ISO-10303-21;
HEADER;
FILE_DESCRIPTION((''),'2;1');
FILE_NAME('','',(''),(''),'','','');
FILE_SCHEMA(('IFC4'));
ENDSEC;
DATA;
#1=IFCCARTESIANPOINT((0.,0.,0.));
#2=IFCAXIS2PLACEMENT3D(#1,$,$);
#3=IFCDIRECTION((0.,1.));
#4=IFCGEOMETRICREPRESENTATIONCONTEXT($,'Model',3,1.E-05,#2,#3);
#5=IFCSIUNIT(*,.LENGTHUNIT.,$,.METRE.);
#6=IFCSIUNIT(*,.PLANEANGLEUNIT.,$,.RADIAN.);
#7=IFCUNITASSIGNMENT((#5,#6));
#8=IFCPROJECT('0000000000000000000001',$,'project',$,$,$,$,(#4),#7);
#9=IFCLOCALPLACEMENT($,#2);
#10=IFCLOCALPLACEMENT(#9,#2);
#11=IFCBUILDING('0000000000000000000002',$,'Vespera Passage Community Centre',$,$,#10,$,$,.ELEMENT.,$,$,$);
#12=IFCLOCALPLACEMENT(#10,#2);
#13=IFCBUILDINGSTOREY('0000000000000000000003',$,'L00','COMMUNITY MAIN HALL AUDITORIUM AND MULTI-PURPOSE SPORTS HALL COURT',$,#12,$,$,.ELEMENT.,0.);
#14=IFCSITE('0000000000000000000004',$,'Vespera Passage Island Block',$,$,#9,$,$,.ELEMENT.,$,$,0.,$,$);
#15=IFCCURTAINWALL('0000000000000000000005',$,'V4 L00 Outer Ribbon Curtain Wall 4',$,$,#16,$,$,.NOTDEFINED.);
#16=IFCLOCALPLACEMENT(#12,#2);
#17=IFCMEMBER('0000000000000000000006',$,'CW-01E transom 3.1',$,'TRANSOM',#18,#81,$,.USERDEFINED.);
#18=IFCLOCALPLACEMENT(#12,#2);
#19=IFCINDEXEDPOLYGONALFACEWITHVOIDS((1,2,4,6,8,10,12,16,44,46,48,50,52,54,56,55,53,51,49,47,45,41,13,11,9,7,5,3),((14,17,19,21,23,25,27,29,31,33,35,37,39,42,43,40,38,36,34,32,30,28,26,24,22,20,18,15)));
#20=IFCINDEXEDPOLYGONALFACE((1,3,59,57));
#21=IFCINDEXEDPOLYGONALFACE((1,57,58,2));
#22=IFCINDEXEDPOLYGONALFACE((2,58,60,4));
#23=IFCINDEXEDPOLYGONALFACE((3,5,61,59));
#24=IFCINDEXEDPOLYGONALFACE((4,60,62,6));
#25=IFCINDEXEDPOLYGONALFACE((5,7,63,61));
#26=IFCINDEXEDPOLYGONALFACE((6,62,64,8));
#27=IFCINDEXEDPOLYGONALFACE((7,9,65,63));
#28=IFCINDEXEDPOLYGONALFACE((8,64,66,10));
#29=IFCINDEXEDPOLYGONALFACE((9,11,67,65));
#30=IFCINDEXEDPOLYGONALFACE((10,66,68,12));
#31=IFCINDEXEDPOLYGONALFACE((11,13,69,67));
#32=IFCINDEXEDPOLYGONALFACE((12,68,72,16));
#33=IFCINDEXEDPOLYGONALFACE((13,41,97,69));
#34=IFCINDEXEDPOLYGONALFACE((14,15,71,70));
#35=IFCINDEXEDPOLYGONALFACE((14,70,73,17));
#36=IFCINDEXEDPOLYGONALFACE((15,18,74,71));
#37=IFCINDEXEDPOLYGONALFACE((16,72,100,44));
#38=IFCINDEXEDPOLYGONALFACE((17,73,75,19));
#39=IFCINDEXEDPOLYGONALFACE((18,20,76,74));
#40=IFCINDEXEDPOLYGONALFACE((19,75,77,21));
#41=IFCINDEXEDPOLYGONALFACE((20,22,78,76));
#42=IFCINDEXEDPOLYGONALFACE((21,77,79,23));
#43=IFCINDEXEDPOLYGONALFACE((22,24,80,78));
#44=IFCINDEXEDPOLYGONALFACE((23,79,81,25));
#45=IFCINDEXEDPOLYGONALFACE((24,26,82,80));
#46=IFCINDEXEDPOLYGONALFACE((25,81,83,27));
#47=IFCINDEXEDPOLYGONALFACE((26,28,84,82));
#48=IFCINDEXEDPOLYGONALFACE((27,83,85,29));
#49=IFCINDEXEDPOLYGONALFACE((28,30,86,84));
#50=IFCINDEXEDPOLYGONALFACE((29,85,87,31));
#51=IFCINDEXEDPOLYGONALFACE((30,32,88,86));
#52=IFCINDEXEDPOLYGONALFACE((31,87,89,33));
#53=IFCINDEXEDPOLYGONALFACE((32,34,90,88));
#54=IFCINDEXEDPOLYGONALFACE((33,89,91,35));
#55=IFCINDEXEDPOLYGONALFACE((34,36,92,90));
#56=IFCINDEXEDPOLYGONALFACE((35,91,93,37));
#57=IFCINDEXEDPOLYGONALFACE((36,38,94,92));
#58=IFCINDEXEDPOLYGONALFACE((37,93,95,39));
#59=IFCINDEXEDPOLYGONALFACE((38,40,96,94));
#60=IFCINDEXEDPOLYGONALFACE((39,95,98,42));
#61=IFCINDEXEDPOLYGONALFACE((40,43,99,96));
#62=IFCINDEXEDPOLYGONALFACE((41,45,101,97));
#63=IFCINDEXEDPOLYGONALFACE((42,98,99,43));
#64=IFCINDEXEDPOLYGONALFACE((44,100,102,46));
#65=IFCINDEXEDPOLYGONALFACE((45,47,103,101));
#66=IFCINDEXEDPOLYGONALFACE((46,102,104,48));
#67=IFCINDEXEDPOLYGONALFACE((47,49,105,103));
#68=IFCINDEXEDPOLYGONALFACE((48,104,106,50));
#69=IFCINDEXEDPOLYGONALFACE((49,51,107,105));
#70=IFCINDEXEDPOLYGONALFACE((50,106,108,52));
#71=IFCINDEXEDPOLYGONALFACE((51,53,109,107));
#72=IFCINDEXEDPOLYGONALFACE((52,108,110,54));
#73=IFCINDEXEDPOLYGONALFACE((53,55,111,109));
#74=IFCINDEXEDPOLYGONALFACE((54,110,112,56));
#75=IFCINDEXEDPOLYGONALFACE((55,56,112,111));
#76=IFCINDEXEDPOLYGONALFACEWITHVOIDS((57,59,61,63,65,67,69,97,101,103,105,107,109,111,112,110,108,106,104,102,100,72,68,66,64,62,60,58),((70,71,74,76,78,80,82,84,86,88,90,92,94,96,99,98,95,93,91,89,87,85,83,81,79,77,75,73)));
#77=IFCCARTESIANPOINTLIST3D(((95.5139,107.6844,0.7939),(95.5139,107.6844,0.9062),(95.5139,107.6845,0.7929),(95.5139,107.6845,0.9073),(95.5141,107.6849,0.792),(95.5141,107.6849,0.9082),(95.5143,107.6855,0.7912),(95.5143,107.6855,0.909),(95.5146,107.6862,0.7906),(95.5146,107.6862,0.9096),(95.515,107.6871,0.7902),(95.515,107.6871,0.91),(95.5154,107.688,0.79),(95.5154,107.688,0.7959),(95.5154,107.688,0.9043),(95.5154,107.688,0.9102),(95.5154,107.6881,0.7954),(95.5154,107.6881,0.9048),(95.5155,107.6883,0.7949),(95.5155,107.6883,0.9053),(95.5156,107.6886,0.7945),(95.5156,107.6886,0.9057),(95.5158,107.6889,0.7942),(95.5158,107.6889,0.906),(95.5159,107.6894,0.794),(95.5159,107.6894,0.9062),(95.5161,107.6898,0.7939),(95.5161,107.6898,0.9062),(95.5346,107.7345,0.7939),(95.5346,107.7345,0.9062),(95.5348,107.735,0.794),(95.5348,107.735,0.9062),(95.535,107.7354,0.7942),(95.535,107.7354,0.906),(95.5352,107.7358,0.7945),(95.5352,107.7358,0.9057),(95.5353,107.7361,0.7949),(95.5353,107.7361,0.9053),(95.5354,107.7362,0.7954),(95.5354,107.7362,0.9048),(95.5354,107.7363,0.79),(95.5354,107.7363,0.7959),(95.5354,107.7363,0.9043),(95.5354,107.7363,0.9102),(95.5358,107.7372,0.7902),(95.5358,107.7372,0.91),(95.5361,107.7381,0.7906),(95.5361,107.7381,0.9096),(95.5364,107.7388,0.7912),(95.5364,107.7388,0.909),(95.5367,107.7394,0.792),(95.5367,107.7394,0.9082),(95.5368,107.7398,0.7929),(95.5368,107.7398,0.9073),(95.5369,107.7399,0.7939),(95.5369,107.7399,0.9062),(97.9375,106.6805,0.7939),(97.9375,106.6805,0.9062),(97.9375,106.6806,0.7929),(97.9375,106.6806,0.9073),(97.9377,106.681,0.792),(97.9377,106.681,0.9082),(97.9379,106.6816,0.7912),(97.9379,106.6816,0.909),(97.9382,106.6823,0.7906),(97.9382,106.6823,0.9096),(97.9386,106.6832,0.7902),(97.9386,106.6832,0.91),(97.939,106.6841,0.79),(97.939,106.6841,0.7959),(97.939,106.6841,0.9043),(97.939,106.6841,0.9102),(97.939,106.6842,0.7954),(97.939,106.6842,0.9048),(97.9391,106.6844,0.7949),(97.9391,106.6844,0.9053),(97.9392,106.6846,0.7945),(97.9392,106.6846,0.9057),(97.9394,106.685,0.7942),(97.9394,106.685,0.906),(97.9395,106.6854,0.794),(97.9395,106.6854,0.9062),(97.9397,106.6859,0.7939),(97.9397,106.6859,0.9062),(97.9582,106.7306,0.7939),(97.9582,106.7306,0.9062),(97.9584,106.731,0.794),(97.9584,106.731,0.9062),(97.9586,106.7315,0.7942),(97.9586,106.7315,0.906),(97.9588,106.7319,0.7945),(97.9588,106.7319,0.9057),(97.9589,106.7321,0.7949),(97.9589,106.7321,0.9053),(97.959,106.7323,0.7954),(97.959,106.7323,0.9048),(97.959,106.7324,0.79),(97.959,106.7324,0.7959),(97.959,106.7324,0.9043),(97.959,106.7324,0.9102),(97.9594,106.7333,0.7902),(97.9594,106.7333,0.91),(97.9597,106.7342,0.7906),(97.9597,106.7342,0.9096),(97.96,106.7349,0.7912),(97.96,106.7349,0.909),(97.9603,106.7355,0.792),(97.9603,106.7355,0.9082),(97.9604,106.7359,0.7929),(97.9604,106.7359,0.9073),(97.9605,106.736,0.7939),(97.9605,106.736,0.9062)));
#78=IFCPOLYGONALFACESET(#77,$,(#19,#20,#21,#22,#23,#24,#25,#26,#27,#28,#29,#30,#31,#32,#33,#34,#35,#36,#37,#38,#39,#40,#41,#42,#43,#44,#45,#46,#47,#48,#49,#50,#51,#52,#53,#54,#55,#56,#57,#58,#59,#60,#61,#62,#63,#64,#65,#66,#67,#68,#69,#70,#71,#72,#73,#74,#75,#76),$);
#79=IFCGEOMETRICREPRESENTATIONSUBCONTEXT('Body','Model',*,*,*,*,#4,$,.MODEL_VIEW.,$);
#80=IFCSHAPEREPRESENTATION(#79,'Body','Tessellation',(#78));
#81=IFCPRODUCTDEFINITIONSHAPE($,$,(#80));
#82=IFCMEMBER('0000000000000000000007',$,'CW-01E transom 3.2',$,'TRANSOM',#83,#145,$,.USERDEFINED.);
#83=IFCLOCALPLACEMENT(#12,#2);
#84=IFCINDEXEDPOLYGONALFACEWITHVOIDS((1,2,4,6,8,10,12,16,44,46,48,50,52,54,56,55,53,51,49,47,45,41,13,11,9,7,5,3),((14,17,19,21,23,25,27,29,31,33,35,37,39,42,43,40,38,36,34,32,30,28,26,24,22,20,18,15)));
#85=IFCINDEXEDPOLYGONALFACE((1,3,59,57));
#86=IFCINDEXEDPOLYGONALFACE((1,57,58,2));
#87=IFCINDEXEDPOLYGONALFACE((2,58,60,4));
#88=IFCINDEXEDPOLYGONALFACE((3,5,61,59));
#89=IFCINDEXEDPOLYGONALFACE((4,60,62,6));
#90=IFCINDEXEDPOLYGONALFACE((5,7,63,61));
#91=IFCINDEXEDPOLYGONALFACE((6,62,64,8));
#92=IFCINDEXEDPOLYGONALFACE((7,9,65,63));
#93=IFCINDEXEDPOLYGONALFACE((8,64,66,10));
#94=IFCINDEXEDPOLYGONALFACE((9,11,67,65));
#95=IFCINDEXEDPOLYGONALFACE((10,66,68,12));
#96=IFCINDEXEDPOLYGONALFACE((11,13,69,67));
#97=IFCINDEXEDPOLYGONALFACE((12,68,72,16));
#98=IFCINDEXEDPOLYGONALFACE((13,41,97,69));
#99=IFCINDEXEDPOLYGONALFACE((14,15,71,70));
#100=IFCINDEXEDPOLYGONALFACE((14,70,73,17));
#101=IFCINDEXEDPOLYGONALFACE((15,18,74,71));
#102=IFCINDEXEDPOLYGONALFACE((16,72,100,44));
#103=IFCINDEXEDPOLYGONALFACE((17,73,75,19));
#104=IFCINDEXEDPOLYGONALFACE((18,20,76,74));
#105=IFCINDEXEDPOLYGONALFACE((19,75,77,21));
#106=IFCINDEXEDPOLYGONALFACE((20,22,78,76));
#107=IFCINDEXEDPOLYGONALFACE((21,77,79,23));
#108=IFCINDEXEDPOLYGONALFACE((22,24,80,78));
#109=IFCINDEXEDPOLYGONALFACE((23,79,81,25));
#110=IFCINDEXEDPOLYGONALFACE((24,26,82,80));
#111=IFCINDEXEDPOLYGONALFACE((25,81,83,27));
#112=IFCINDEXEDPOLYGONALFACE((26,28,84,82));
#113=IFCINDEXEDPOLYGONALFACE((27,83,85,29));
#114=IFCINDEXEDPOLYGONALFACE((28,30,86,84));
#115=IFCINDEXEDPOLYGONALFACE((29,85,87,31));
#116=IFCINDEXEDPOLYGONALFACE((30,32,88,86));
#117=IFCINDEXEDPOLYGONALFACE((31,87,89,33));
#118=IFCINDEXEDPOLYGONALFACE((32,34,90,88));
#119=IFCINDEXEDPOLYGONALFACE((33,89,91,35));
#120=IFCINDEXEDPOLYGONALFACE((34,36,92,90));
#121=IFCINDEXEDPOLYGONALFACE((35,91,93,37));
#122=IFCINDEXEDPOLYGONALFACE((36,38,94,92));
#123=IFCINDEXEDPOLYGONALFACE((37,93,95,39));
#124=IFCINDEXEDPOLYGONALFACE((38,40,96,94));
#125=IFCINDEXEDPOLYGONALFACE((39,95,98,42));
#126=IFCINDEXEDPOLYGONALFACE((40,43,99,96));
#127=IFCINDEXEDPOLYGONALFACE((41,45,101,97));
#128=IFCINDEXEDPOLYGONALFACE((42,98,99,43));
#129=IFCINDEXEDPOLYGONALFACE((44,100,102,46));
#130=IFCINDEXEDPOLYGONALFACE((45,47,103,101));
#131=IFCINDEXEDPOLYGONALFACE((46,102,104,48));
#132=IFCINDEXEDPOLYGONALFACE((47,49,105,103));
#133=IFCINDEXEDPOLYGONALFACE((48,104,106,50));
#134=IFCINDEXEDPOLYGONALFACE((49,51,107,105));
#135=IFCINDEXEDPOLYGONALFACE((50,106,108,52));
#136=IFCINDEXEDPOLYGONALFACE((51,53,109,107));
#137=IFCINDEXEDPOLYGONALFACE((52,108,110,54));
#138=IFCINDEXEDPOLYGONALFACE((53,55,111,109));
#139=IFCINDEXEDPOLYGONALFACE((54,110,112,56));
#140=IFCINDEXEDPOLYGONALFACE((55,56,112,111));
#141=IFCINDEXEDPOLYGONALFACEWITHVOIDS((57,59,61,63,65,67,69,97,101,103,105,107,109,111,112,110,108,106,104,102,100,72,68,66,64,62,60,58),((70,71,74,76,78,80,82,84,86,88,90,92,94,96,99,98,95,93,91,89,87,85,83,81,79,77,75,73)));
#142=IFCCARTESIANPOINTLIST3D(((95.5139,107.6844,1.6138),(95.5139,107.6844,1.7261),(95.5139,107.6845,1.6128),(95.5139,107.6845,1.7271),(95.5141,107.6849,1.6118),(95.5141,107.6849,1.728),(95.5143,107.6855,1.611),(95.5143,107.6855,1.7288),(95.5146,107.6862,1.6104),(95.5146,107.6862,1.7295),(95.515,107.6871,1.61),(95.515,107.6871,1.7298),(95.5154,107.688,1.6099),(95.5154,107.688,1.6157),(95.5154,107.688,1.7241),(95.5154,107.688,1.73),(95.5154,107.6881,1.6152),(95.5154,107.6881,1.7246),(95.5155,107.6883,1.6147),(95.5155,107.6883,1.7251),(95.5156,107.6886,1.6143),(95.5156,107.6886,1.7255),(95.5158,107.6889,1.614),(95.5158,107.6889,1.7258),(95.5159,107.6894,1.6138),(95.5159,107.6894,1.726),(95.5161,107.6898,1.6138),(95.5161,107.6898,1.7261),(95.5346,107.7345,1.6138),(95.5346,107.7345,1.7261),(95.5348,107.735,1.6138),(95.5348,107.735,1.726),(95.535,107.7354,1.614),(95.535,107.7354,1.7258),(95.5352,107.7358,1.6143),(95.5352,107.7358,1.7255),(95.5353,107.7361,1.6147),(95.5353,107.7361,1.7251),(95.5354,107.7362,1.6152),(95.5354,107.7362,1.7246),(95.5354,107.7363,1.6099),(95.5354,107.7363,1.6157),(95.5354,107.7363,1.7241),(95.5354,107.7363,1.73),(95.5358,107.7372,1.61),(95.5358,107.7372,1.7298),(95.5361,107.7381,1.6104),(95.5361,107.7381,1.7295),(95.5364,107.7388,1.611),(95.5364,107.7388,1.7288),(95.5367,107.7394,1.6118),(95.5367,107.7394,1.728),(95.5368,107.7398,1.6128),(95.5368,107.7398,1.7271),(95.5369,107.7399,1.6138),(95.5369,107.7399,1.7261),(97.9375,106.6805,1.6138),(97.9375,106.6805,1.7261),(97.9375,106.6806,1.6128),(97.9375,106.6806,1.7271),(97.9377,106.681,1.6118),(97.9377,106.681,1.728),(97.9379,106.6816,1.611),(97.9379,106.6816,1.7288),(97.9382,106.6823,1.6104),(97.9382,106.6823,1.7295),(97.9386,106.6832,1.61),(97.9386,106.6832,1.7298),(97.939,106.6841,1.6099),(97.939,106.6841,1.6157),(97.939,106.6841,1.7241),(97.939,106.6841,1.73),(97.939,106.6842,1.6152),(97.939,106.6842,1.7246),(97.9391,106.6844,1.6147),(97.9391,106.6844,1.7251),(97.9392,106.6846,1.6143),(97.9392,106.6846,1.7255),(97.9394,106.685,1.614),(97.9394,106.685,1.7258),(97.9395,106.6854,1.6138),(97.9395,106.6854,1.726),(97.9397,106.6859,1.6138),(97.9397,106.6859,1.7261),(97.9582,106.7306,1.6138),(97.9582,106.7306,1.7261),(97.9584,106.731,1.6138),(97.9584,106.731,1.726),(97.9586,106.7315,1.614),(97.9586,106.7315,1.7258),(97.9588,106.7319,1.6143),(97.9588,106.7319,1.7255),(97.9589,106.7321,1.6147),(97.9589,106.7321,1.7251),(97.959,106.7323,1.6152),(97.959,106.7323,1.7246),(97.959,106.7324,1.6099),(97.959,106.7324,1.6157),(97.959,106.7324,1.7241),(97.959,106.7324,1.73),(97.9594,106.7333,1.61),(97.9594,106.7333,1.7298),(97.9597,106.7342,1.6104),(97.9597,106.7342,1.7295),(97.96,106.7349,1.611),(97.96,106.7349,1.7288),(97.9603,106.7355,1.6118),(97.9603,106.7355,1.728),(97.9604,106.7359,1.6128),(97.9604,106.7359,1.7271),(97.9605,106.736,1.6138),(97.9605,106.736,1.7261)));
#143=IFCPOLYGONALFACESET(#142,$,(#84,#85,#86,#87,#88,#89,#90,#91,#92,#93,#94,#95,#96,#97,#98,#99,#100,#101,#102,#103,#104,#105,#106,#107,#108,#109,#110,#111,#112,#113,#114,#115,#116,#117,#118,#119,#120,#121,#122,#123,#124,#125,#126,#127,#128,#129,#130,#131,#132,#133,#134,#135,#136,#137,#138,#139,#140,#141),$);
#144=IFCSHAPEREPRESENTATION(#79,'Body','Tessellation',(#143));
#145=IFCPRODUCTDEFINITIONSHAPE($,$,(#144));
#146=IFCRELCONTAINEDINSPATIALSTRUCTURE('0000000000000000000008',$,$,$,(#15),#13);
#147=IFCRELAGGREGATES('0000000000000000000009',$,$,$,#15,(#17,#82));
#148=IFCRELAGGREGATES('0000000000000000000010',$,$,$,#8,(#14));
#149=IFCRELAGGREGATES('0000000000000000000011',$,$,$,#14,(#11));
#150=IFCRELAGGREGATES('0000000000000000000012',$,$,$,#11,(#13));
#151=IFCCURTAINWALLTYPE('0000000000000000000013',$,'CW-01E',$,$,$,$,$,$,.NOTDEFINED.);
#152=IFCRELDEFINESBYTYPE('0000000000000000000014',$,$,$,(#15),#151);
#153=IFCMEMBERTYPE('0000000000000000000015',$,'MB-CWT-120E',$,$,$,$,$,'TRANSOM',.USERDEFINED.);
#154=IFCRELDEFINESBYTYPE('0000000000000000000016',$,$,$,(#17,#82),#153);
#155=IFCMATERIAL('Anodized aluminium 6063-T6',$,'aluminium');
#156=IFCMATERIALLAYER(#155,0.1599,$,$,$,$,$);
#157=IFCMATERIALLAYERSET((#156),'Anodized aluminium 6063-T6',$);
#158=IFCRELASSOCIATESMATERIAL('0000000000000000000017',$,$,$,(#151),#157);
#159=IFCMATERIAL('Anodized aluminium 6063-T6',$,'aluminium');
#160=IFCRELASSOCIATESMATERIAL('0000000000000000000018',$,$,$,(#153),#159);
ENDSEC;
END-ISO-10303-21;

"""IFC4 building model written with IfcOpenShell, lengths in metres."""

from ifc_helpers import new_model, si_unit, direction, frame, origin, origin_2d, place, context, subcontext, project, spatial, hollow_rectangle, extrude, material, layer, layer_set, material_profile, profile_set, type_object, element, aggregate, save


model = new_model("IFC4")

# Units and contexts
model_context = context("Model", 3, precision=1e-05, world=origin(), true_north=direction((0.0, 1.0)))
body_context = subcontext(model_context, "Body", "Model", "MODEL_VIEW")
ifc_project = project(units=[si_unit("LENGTHUNIT", "METRE"), si_unit("PLANEANGLEUNIT", "RADIAN")], contexts=[model_context])

# Site, building, storey
site_placement = place(None, origin())
site = spatial("IfcSite", under=ifc_project, at=site_placement, Name="Vespera Passage Island Block", CompositionType="ELEMENT", RefElevation=0.0)
building_placement = place(site_placement, origin())
building = spatial("IfcBuilding", under=site, at=building_placement, Name="Vespera Passage Community Centre", CompositionType="ELEMENT")
storey_placement = place(building_placement, origin())
storey = spatial("IfcBuildingStorey", under=building, at=storey_placement, Name="L00", Description="COMMUNITY MAIN HALL AUDITORIUM AND MULTI-PURPOSE SPORTS HALL COURT", CompositionType="ELEMENT", Elevation=0.0)

# Curtain wall
ifc_material_1 = material(Name="Anodized aluminium 6063-T6", Category="aluminium")
ifc_layer_1 = layer(ifc_material_1, 0.1599)
ifc_layer_set_1 = layer_set([ifc_layer_1], Name="Anodized aluminium 6063-T6")
curtain_wall_type_1 = type_object("IfcCurtainWallType", Name="CW-01E", PredefinedType="NOTDEFINED", material=ifc_layer_set_1)
curtain_wall_1_placement = place(storey_placement, origin())
curtain_wall_1 = element("IfcCurtainWall", 1, at=curtain_wall_1_placement, inside=storey, type_object=curtain_wall_type_1, Name="V4 L00 Outer Ribbon Curtain Wall 4", PredefinedType="NOTDEFINED")

# Members
ifc_material_2 = material(Name="Anodized aluminium 6063-T6", Category="aluminium")
ifc_material_profile_1 = material_profile(ifc_material_2, hollow_rectangle(XDim=0.0601, YDim=0.1201, WallThickness=0.0039, InnerFilletRadius=0.002, OuterFilletRadius=0.0039, at=origin_2d()), Name="ALU120X60X4")
ifc_profile_set_1 = profile_set([ifc_material_profile_1], Name="Anodized aluminium 6063-T6")
member_type_1 = type_object("IfcMemberType", Name="MB-CWT-120E", ElementType="TRANSOM", PredefinedType="USERDEFINED", material=ifc_profile_set_1)
member_1_placement = place(storey_placement, frame((95.5254, 107.7122, 0.8501), z_axis=(0.923876, -0.382692, 0.0), x_axis=(0.382692, 0.923876, 0.0)))
member_1 = element("IfcMember", 2, at=member_1_placement, type_object=member_type_1, Name="CW-01E transom 3.1", ObjectType="TRANSOM", PredefinedType="USERDEFINED", context=body_context, shape_type="SweptSolid", body=[
    extrude(hollow_rectangle(XDim=0.0601, YDim=0.1201, WallThickness=0.0039, InnerFilletRadius=0.002, OuterFilletRadius=0.0039, at=origin_2d()), origin(), (0.0, 0.0, 1.0), 2.6233),
])
member_2_placement = place(storey_placement, frame((95.5254, 107.7122, 1.6699), z_axis=(0.923876, -0.382692, 0.0), x_axis=(0.382692, 0.923876, 0.0)))
member_2 = element("IfcMember", 3, at=member_2_placement, type_object=member_type_1, Name="CW-01E transom 3.2", ObjectType="TRANSOM", PredefinedType="USERDEFINED", context=body_context, shape_type="SweptSolid", body=[
    extrude(hollow_rectangle(XDim=0.0601, YDim=0.1201, WallThickness=0.0039, InnerFilletRadius=0.002, OuterFilletRadius=0.0039, at=origin_2d()), origin(), (0.0, 0.0, 1.0), 2.6233),
])

aggregate(curtain_wall_1, [member_1, member_2])

save(model, "model.ifc")
